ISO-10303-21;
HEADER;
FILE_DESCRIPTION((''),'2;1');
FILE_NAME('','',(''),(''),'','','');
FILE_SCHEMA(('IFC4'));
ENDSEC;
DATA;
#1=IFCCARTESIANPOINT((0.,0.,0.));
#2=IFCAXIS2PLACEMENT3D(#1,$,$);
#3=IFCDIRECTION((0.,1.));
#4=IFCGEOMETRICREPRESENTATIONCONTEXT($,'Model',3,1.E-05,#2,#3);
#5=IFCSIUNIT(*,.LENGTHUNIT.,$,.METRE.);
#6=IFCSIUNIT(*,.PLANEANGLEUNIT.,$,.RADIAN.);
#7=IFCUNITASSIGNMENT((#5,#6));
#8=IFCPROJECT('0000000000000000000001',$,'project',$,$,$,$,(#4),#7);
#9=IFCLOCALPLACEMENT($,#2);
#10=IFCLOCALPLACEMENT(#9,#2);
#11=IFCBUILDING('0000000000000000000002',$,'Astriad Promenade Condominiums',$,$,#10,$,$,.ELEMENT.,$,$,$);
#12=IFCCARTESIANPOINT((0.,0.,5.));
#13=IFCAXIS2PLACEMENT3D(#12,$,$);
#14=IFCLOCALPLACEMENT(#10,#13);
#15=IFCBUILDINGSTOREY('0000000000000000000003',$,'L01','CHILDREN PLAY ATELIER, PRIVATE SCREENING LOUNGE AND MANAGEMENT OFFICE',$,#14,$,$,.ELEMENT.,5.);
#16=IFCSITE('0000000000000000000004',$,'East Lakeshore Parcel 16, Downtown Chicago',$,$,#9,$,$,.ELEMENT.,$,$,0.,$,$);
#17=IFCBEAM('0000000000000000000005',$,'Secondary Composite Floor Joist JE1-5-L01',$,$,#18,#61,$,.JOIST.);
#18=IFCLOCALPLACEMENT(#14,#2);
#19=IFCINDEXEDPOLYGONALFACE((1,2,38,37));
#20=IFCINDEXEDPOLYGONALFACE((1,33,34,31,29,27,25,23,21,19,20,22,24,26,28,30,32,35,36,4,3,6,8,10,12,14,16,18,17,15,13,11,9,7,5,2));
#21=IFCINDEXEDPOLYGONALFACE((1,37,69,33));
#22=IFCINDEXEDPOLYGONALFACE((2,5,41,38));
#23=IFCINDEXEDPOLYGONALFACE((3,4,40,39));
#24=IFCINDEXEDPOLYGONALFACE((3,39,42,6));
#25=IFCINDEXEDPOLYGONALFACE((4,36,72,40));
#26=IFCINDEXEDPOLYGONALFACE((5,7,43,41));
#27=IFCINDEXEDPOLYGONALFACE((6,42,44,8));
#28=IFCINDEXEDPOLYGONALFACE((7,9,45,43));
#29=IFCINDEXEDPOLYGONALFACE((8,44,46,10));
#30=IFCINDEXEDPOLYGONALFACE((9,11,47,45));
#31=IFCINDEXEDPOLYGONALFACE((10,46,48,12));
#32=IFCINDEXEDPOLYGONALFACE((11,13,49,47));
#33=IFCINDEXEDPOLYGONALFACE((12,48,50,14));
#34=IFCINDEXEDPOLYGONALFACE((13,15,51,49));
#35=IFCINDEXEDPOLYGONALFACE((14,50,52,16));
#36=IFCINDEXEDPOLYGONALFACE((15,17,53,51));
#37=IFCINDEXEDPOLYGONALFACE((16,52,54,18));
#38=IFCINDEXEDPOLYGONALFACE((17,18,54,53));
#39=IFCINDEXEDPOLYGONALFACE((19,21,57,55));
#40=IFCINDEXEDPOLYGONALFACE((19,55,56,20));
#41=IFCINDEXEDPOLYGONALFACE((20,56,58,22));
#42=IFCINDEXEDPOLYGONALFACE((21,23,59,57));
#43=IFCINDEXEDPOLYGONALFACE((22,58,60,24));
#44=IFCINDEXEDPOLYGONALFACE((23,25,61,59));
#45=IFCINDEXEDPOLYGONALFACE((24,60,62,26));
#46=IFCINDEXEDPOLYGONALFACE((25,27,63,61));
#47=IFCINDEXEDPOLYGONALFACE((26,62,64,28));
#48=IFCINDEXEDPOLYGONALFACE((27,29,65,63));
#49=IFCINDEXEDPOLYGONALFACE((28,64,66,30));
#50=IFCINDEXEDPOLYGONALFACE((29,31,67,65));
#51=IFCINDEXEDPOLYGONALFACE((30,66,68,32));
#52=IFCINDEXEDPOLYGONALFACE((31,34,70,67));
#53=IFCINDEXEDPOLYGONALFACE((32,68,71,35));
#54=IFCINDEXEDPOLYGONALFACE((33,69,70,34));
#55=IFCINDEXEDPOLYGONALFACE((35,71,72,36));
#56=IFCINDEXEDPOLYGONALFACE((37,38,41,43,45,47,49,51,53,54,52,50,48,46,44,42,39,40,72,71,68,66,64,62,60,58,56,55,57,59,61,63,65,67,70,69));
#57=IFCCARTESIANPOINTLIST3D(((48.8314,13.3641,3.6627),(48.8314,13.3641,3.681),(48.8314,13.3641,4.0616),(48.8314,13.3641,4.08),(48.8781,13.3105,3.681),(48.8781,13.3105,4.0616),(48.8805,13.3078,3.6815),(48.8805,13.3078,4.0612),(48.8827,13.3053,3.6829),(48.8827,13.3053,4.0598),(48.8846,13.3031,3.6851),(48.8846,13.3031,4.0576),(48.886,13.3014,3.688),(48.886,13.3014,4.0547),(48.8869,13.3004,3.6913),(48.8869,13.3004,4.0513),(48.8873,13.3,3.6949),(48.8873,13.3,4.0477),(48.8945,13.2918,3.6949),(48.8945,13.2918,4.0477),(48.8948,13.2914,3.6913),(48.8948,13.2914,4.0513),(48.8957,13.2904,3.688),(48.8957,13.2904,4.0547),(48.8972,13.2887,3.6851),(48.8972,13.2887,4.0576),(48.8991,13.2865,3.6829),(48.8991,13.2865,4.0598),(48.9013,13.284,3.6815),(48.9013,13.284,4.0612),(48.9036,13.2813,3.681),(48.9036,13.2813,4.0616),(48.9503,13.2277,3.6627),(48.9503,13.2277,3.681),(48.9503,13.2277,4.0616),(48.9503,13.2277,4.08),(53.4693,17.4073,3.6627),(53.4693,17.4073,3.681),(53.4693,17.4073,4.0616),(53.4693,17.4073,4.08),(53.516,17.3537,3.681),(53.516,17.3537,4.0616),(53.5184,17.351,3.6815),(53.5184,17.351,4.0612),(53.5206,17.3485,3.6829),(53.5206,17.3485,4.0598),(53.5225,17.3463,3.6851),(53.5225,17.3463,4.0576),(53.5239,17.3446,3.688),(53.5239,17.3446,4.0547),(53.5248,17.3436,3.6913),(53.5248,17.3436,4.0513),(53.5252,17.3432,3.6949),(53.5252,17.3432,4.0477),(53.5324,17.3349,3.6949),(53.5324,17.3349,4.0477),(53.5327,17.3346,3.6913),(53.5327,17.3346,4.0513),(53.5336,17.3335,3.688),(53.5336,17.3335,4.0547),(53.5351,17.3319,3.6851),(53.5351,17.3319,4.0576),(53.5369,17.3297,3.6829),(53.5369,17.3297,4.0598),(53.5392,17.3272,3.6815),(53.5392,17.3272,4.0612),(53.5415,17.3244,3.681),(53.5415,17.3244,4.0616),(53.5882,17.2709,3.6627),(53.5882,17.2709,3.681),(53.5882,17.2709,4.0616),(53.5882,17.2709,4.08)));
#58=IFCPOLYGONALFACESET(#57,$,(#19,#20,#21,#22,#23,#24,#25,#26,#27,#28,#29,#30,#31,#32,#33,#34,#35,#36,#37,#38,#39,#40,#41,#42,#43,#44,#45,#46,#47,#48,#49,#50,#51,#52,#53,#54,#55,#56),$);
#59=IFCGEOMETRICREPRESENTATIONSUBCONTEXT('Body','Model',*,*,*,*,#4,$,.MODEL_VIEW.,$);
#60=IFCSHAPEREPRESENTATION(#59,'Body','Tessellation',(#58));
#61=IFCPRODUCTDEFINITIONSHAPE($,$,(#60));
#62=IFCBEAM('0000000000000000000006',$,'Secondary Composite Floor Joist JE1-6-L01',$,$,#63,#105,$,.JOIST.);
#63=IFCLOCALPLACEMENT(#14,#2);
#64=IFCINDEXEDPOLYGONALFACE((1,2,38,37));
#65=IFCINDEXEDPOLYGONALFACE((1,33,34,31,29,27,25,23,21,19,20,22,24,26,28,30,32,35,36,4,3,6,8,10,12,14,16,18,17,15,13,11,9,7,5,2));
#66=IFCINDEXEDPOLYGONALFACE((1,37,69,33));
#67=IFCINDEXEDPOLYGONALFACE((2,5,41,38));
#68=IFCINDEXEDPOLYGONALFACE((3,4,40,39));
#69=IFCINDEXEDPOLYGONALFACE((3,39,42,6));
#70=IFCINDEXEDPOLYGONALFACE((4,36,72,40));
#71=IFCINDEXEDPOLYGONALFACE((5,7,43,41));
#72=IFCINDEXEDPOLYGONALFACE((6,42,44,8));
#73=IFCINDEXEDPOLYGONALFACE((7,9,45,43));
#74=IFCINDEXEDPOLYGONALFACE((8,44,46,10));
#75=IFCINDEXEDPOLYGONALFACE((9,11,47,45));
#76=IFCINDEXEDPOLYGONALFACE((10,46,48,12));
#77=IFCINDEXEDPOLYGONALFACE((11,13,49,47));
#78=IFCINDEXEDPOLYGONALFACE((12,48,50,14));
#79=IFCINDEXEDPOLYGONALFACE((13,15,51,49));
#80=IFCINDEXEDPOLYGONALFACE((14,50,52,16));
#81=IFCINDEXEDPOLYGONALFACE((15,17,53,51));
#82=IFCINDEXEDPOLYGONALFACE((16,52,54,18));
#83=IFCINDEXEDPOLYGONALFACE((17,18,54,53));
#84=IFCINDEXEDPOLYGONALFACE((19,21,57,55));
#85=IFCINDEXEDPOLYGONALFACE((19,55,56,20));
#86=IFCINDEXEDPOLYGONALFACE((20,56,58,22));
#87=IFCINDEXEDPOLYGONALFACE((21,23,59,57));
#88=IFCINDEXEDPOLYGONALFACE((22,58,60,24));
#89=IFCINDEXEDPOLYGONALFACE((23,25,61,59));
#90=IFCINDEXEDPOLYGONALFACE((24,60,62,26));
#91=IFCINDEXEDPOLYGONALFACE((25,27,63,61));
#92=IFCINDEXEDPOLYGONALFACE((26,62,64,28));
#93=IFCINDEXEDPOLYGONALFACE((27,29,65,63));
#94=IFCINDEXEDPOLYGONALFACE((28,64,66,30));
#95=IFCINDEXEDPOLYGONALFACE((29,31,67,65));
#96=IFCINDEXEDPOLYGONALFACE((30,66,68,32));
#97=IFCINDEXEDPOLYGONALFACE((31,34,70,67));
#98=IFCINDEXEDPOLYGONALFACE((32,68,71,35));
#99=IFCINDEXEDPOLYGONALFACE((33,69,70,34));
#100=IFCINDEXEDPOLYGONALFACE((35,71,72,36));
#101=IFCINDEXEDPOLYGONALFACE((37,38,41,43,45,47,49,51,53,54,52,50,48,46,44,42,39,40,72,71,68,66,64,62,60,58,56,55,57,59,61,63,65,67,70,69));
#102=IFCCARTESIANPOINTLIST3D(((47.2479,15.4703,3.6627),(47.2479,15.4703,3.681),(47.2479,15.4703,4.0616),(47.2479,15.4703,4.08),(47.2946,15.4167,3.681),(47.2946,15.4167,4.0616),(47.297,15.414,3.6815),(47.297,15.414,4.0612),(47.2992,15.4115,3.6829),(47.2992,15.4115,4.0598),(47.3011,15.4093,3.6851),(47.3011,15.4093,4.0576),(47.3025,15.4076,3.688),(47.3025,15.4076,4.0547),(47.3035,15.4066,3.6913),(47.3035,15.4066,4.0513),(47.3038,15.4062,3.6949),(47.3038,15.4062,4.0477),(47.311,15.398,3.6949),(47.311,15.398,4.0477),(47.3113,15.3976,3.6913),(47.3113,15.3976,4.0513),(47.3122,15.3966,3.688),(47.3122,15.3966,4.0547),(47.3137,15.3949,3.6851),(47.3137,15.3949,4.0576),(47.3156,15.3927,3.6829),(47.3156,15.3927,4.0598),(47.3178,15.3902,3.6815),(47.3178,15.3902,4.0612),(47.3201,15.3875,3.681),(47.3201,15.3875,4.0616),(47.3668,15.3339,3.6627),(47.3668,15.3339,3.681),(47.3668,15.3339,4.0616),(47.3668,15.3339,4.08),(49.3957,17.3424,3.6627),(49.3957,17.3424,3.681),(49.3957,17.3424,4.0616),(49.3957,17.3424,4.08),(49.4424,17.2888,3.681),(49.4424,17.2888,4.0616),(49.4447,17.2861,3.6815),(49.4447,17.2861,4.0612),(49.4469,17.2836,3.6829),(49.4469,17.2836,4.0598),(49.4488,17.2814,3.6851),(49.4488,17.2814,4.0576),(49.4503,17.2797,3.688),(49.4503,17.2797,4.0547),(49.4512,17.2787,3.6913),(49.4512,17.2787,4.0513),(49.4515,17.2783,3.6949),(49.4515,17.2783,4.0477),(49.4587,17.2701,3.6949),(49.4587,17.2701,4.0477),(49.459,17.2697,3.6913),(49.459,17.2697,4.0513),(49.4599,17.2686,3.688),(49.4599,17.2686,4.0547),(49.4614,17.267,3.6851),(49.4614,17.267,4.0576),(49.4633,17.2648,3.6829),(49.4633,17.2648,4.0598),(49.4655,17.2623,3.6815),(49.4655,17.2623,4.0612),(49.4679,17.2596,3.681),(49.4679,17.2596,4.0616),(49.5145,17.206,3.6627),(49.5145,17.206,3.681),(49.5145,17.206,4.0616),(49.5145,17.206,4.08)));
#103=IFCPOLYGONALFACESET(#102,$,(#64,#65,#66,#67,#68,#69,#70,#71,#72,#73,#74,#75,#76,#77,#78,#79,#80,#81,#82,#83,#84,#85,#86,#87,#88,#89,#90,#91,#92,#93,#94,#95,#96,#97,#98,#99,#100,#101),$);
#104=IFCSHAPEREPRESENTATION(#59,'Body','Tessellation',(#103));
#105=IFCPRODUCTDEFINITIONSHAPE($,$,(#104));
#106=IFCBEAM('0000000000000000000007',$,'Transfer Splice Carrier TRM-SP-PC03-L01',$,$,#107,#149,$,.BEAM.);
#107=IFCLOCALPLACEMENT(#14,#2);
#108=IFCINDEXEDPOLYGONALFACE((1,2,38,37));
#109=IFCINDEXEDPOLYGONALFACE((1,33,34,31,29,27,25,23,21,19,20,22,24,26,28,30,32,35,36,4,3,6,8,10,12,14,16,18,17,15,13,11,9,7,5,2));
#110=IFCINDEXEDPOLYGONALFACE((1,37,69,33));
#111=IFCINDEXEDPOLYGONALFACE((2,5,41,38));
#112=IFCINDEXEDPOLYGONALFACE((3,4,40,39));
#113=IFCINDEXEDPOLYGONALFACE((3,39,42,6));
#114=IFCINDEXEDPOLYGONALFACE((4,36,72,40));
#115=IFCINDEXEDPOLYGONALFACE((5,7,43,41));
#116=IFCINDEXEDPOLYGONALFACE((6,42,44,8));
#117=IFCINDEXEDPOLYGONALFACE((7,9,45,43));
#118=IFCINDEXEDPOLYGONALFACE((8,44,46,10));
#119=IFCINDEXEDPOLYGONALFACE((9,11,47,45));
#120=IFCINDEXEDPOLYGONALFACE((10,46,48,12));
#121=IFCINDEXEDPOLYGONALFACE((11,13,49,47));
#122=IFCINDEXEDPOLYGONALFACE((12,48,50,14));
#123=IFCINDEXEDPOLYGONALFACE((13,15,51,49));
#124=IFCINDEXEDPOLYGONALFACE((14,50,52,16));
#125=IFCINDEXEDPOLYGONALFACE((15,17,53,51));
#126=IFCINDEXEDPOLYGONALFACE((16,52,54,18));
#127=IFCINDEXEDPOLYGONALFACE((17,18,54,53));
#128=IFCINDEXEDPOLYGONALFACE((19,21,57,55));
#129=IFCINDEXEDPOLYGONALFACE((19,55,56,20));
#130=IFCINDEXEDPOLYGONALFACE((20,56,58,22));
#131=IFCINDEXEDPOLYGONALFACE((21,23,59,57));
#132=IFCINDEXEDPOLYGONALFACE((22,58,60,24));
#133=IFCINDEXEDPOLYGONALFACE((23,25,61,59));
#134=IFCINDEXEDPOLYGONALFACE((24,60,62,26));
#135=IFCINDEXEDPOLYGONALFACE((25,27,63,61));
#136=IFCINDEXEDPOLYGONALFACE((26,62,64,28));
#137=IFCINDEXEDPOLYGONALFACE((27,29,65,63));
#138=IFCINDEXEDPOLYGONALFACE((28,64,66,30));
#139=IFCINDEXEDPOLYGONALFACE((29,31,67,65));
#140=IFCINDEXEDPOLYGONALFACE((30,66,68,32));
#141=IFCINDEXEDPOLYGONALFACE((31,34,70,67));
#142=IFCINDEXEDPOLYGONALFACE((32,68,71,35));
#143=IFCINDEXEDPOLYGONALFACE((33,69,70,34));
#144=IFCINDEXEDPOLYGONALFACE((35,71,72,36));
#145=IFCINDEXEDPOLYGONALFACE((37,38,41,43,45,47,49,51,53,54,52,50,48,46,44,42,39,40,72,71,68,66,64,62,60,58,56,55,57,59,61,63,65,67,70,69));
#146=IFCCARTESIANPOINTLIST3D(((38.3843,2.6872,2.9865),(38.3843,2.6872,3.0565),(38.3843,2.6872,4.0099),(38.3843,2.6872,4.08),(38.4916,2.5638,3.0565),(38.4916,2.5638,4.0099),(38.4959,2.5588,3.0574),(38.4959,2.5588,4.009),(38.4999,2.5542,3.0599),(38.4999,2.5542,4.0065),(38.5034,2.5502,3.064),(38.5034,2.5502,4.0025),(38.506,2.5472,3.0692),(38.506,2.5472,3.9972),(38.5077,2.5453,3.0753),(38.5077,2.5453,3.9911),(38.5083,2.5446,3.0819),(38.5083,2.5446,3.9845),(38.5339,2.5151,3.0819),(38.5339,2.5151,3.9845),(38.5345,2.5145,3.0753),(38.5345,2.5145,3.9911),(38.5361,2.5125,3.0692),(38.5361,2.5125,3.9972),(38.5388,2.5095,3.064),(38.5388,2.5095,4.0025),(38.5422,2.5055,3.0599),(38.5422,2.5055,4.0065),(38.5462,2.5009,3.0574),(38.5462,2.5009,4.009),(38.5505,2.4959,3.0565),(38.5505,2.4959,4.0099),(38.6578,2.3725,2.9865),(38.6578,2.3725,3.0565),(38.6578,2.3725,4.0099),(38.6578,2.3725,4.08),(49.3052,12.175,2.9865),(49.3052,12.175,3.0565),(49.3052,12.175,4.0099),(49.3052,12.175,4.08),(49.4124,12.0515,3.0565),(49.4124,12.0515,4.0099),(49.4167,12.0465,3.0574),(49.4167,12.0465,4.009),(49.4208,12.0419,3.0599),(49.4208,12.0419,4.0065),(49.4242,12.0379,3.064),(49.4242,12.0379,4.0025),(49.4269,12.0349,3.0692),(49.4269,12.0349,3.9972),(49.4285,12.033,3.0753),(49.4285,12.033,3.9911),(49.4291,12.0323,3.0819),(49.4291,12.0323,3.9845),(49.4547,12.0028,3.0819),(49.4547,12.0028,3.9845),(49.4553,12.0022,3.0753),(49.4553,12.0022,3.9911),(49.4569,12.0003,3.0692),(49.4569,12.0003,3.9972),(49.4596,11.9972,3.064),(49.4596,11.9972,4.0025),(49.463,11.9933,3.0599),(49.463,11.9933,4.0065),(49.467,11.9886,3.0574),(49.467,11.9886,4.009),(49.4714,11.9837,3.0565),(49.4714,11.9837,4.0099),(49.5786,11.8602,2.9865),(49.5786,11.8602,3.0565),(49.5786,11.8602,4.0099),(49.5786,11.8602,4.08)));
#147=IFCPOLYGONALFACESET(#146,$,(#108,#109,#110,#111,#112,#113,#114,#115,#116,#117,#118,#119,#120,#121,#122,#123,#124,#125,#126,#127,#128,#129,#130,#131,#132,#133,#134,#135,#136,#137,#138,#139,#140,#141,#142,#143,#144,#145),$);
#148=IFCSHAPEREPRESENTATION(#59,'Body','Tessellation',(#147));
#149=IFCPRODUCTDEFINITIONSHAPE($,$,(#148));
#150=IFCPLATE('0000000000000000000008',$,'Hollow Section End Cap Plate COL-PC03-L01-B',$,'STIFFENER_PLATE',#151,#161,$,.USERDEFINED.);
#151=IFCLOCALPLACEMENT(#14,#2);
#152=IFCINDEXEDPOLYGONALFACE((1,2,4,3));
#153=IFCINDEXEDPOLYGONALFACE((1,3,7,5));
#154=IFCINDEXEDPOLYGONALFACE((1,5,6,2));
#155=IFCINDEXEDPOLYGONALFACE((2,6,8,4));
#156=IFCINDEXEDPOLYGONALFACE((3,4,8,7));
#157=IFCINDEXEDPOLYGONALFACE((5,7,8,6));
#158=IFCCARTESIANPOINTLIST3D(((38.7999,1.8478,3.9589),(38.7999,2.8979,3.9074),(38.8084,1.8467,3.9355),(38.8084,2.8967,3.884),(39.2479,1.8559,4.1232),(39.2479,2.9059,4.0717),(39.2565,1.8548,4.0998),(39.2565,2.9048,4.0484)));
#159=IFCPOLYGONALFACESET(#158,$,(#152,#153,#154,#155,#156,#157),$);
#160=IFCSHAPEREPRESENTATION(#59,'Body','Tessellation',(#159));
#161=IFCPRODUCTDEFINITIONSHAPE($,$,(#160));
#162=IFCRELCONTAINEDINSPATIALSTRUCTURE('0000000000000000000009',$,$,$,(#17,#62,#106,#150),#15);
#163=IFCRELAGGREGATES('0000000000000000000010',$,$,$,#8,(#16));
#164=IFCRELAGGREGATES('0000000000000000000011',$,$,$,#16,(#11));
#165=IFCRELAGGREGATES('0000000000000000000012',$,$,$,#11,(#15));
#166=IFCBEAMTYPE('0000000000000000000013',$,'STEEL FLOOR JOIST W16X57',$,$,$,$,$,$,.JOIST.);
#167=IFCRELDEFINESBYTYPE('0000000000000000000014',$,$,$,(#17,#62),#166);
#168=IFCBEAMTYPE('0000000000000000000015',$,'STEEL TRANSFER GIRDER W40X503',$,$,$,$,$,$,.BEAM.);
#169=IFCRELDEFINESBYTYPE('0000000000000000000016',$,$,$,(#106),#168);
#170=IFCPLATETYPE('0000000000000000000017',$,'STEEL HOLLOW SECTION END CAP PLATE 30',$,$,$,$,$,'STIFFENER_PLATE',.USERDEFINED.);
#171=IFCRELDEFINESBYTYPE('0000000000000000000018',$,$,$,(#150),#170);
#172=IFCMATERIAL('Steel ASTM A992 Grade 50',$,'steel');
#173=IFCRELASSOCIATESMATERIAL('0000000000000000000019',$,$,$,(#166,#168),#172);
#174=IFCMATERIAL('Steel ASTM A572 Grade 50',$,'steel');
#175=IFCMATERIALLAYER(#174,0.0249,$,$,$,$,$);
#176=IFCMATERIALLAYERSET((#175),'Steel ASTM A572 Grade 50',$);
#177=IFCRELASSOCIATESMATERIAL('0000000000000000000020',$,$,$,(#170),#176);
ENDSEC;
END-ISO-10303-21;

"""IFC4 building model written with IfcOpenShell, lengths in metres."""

from ifc_helpers import new_model, si_unit, direction, frame, origin, origin_2d, place, context, subcontext, project, spatial, rectangle, i_section, extrude, source, transform, mapped, material, layer, layer_set, material_profile, profile_set, type_object, type_shapes, element, save


model = new_model("IFC4")

# Units and contexts
model_context = context("Model", 3, precision=1e-05, world=origin(), true_north=direction((0.0, 1.0)))
body_context = subcontext(model_context, "Body", "Model", "MODEL_VIEW")
ifc_project = project(units=[si_unit("LENGTHUNIT", "METRE"), si_unit("PLANEANGLEUNIT", "RADIAN")], contexts=[model_context])

# Site, building, storey
site_placement = place(None, origin())
site = spatial("IfcSite", under=ifc_project, at=site_placement, Name="East Lakeshore Parcel 16, Downtown Chicago", CompositionType="ELEMENT", RefElevation=0.0)
building_placement = place(site_placement, origin())
building = spatial("IfcBuilding", under=site, at=building_placement, Name="Astriad Promenade Condominiums", CompositionType="ELEMENT")
storey_placement = place(building_placement, frame((0.0, 0.0, 5.0)))
storey = spatial("IfcBuildingStorey", under=building, at=storey_placement, Name="L01", Description="CHILDREN PLAY ATELIER, PRIVATE SCREENING LOUNGE AND MANAGEMENT OFFICE", CompositionType="ELEMENT", Elevation=5.0)

# Shared definitions
ifc_material_1 = material(Name="Steel ASTM A992 Grade 50", Category="steel")

# Beams
ifc_material_profile_1 = material_profile(ifc_material_1, i_section(OverallWidth=0.1809, OverallDepth=0.4172, WebThickness=0.011, FlangeThickness=0.0183, FilletRadius=0.0139, at=origin_2d()), Name="W16X57")
ifc_profile_set_1 = profile_set([ifc_material_profile_1], Name="Steel ASTM A992 Grade 50")
beam_type_1 = type_object("IfcBeamType", Name="STEEL FLOOR JOIST W16X57", PredefinedType="JOIST", material=ifc_profile_set_1)
shared_shape_1 = source(origin(), body_context, "Body", "SweptSolid", [
    extrude(i_section(OverallWidth=0.1809, OverallDepth=0.4172, WebThickness=0.011, FlangeThickness=0.0183, FilletRadius=0.0139, at=origin_2d()), origin(), (0.0, 0.0, 1.0), 6.1528),
])
beam_1_placement = place(storey_placement, frame((48.8909, 13.2959, 3.8713), z_axis=(0.753782, 0.657124, 0.0), x_axis=(-0.657124, 0.753782, 0.0)))
element("IfcBeam", 1, at=beam_1_placement, inside=storey, type_object=beam_type_1, Name="Secondary Composite Floor Joist JE1-5-L01", PredefinedType="JOIST", context=body_context, shape_type="MappedRepresentation", body=[
    mapped(shared_shape_1, transform((0.0, 0.0, 0.0), scale=1.0)),
])
shared_shape_2 = source(origin(), body_context, "Body", "SweptSolid", [
    extrude(i_section(OverallWidth=0.1809, OverallDepth=0.4172, WebThickness=0.011, FlangeThickness=0.0183, FilletRadius=0.0139, at=origin_2d()), origin(), (0.0, 0.0, 1.0), 2.8491),
])
beam_2_placement = place(storey_placement, frame((47.3074, 15.4021, 3.8713), z_axis=(0.753823, 0.657078, 0.0), x_axis=(-0.657078, 0.753823, 0.0)))
element("IfcBeam", 2, at=beam_2_placement, inside=storey, type_object=beam_type_1, Name="Secondary Composite Floor Joist JE1-6-L01", PredefinedType="JOIST", context=body_context, shape_type="MappedRepresentation", body=[
    mapped(shared_shape_2, transform((0.0, 0.0, 0.0), scale=1.0)),
])
ifc_material_profile_2 = material_profile(ifc_material_1, i_section(OverallWidth=0.417, OverallDepth=1.0935, WebThickness=0.0391, FlangeThickness=0.0701, FilletRadius=0.0254, at=origin_2d()), Name="W40X503")
ifc_profile_set_2 = profile_set([ifc_material_profile_2], Name="Steel ASTM A992 Grade 50")
beam_type_2 = type_object("IfcBeamType", Name="STEEL TRANSFER GIRDER W40X503", PredefinedType="BEAM", material=ifc_profile_set_2)
shared_shape_3 = source(origin(), body_context, "Body", "SweptSolid", [
    extrude(i_section(OverallWidth=0.417, OverallDepth=1.0935, WebThickness=0.0391, FlangeThickness=0.0701, FilletRadius=0.0254, at=origin_2d()), origin(), (0.0, 0.0, 1.0), 14.4666),
])
type_shapes(beam_type_2, [shared_shape_3])
beam_3_placement = place(storey_placement, frame((49.4419, 12.0176, 3.5332), z_axis=(-0.754901, -0.655839, 0.0), x_axis=(0.655839, -0.754901, 0.0)))
element("IfcBeam", 3, at=beam_3_placement, inside=storey, type_object=beam_type_2, Name="Transfer Splice Carrier TRM-SP-PC03-L01", PredefinedType="BEAM", context=body_context, shape_type="MappedRepresentation", body=[
    mapped(shared_shape_3, transform((0.0, 0.0, 0.0), scale=1.0)),
])

# Plate
ifc_material_2 = material(Name="Steel ASTM A572 Grade 50", Category="steel")
ifc_layer_1 = layer(ifc_material_2, 0.0249)
ifc_layer_set_1 = layer_set([ifc_layer_1], Name="Steel ASTM A572 Grade 50")
plate_type = type_object("IfcPlateType", Name="STEEL HOLLOW SECTION END CAP PLATE 30", ElementType="STIFFENER_PLATE", PredefinedType="USERDEFINED", material=ifc_layer_set_1)
shared_shape_4 = source(origin(), body_context, "Body", "SweptSolid", [
    extrude(rectangle(XDim=0.4773, YDim=1.0513, at=origin_2d()), origin(), (0.0, 0.0, 1.0), 0.0249),
])
type_shapes(plate_type, [shared_shape_4])
plate_placement = place(storey_placement, frame((39.0325, 2.3757, 3.9919), z_axis=(-0.344681, 0.045967, 0.937594), x_axis=(1.0, 0.0, 0.0)))
element("IfcPlate", 4, at=plate_placement, inside=storey, type_object=plate_type, Name="Hollow Section End Cap Plate COL-PC03-L01-B", ObjectType="STIFFENER_PLATE", PredefinedType="USERDEFINED", context=body_context, shape_type="MappedRepresentation", body=[
    mapped(shared_shape_4, transform((0.0, 0.0, 0.0), scale=1.0)),
])

save(model, "model.ifc")
